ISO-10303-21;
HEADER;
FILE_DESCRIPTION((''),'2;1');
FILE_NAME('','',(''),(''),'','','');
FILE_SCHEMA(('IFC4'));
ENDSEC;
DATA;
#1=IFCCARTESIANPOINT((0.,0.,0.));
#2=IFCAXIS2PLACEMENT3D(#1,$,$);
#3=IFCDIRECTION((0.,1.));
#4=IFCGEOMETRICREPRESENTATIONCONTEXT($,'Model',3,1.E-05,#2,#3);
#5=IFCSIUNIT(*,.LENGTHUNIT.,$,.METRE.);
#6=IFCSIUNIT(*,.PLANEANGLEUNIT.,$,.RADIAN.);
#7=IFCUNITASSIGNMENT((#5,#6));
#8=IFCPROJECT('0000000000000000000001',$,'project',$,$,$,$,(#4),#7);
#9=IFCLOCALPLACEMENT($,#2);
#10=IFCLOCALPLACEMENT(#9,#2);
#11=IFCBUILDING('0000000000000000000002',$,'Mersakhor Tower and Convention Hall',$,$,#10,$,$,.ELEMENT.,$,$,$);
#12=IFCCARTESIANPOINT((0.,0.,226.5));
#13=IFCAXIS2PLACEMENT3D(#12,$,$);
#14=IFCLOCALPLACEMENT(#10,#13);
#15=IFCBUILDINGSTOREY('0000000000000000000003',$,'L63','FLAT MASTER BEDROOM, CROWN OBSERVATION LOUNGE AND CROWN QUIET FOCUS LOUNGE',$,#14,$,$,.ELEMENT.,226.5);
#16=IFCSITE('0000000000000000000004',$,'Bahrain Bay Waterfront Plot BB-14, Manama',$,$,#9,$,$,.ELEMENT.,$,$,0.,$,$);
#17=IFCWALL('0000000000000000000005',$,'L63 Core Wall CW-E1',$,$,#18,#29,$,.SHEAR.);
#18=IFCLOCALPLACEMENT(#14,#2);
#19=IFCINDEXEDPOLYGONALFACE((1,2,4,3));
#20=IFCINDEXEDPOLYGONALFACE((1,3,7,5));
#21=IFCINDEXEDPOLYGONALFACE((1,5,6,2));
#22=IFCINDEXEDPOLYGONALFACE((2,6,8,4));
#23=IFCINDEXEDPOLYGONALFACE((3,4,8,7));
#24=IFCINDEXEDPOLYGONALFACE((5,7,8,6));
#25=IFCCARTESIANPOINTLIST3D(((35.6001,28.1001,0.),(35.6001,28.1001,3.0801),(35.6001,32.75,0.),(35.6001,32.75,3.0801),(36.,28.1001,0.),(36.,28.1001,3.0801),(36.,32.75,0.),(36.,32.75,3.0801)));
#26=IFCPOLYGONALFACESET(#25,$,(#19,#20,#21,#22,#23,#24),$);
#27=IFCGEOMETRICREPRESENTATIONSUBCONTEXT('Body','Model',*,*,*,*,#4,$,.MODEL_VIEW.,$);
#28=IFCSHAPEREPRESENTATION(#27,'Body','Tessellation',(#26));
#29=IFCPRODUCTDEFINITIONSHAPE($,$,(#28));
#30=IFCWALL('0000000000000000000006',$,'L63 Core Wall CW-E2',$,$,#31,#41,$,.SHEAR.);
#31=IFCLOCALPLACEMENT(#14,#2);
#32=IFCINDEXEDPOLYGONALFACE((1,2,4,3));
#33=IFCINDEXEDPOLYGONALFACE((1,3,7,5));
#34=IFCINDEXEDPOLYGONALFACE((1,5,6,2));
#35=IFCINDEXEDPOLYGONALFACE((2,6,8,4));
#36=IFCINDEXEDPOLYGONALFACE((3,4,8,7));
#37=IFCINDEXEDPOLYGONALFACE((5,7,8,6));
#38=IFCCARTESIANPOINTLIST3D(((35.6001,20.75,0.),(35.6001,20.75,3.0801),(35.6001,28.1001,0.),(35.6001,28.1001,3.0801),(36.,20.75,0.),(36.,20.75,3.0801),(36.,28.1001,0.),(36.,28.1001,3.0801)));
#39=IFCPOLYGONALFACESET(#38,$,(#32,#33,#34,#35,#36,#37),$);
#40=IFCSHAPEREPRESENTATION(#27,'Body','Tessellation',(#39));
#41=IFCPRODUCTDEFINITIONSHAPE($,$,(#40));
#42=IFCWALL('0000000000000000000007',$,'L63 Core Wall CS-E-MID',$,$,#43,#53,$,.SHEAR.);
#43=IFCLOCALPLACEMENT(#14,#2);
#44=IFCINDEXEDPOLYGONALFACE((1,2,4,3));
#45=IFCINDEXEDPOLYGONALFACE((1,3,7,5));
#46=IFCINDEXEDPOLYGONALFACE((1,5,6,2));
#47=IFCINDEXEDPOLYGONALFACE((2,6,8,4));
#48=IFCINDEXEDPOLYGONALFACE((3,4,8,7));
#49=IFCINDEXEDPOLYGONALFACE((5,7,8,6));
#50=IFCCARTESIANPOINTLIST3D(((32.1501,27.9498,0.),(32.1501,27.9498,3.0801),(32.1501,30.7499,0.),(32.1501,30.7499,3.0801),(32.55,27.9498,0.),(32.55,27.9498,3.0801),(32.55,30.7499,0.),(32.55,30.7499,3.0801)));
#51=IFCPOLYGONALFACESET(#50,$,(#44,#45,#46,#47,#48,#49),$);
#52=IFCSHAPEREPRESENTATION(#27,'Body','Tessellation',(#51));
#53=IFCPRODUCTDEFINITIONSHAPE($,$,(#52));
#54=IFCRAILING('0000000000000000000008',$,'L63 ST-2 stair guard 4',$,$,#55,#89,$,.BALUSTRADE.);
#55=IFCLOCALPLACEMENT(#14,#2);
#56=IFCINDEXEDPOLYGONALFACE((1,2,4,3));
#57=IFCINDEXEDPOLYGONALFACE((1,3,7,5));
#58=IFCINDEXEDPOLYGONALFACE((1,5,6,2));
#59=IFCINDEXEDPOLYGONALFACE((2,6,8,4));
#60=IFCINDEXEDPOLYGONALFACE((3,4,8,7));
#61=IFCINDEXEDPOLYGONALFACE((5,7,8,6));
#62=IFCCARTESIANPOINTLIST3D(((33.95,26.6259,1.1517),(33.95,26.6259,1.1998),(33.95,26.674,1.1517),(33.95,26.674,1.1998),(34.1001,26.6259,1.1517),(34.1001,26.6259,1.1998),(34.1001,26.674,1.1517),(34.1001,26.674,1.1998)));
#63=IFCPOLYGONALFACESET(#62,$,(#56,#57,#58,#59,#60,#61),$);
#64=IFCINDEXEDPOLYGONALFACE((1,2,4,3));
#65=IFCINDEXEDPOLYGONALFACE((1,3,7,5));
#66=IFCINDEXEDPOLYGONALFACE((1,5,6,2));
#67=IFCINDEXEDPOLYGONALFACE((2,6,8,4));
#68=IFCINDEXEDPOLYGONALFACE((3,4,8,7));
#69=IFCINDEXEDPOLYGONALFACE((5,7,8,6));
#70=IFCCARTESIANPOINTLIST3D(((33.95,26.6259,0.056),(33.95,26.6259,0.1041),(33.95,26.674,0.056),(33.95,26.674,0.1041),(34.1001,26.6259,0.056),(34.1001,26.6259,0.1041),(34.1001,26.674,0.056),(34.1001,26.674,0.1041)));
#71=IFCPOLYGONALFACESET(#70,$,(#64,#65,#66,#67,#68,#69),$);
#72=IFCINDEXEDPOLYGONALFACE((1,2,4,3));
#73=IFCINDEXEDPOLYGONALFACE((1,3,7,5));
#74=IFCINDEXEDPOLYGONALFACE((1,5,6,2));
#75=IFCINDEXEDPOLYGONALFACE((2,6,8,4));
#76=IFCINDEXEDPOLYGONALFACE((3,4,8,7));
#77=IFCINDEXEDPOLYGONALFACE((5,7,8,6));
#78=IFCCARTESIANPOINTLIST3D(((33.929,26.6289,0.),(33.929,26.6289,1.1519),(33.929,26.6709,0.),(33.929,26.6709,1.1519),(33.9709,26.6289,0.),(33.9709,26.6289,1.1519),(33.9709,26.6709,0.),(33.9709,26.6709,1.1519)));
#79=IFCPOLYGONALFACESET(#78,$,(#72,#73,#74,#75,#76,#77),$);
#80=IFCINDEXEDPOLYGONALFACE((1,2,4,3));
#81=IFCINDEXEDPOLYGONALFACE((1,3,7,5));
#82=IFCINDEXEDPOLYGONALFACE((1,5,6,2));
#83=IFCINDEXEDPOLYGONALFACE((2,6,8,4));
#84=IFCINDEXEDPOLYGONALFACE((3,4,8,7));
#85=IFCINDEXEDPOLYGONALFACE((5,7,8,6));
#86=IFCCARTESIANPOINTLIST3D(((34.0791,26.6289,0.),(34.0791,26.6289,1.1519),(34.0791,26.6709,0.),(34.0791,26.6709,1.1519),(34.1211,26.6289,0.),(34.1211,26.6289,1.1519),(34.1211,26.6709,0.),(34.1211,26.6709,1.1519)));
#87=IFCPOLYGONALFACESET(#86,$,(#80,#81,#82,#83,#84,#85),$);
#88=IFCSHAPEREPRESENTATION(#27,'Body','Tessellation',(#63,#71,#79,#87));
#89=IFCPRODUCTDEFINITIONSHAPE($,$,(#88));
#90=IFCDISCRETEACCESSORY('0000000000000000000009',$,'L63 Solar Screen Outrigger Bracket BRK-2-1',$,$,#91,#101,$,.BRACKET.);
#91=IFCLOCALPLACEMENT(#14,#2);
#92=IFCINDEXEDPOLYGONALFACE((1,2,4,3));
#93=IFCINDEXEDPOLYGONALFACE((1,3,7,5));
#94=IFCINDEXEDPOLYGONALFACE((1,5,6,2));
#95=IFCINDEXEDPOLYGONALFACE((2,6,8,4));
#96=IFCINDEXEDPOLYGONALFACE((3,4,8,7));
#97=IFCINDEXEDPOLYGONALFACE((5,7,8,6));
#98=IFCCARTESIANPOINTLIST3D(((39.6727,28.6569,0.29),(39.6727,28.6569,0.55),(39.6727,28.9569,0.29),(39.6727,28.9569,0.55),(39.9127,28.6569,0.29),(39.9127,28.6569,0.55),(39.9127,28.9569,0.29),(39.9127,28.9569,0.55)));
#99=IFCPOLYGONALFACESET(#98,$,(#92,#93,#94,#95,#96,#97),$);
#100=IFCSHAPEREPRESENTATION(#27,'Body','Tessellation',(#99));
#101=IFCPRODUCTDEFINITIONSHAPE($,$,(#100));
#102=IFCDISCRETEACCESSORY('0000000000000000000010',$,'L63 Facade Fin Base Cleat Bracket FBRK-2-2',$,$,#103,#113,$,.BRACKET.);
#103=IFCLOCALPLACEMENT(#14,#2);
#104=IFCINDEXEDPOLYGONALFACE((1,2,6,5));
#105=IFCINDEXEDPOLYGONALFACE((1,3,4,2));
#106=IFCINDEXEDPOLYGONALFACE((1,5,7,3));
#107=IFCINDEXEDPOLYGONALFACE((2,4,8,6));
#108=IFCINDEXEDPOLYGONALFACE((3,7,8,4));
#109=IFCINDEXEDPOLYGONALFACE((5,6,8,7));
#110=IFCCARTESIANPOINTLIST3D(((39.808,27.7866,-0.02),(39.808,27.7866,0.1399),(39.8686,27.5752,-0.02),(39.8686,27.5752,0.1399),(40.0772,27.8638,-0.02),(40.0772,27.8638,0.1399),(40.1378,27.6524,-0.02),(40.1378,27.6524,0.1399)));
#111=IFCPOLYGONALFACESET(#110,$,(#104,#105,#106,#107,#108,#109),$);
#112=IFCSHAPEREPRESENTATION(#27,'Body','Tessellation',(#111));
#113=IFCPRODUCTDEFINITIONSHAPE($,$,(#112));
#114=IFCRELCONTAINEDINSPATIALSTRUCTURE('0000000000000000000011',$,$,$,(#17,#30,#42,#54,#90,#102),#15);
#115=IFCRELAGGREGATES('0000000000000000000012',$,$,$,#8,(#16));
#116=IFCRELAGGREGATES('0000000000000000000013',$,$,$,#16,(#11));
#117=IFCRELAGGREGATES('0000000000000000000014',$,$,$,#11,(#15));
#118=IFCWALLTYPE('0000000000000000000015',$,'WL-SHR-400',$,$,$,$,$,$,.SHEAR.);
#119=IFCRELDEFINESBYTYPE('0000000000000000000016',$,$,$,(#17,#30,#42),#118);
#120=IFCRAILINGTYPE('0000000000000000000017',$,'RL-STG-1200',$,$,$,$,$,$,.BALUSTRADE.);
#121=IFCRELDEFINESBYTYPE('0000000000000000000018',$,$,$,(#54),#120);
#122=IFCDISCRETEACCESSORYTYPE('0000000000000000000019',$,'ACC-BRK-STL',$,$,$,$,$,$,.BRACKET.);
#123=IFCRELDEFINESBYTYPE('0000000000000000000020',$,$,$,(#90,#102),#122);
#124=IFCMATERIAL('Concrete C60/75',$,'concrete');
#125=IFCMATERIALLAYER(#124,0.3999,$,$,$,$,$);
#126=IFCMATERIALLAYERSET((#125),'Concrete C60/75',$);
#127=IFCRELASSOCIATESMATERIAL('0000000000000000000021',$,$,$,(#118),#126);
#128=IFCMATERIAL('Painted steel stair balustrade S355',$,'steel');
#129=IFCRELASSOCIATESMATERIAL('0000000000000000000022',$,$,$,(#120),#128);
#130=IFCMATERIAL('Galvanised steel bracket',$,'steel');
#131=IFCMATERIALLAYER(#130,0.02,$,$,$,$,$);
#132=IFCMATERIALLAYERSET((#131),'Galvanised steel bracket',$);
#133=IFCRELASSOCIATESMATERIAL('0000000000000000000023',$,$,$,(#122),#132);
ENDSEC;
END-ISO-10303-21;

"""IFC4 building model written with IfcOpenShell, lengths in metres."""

from ifc_helpers import new_model, si_unit, direction, frame, frame_2d, origin, origin_2d, place, context, subcontext, project, spatial, rectangle, extrude, material, layer, layer_set, type_object, element, save


model = new_model("IFC4")

# Units and contexts
model_context = context("Model", 3, precision=1e-05, world=origin(), true_north=direction((0.0, 1.0)))
body_context = subcontext(model_context, "Body", "Model", "MODEL_VIEW")
ifc_project = project(units=[si_unit("LENGTHUNIT", "METRE"), si_unit("PLANEANGLEUNIT", "RADIAN")], contexts=[model_context])

# Site, building, storey
site_placement = place(None, origin())
site = spatial("IfcSite", under=ifc_project, at=site_placement, Name="Bahrain Bay Waterfront Plot BB-14, Manama", CompositionType="ELEMENT", RefElevation=0.0)
building_placement = place(site_placement, origin())
building = spatial("IfcBuilding", under=site, at=building_placement, Name="Mersakhor Tower and Convention Hall", CompositionType="ELEMENT")
storey_placement = place(building_placement, frame((0.0, 0.0, 226.5)))
storey = spatial("IfcBuildingStorey", under=building, at=storey_placement, Name="L63", Description="FLAT MASTER BEDROOM, CROWN OBSERVATION LOUNGE AND CROWN QUIET FOCUS LOUNGE", CompositionType="ELEMENT", Elevation=226.5)

# Shared definitions
ifc_material_1 = material(Name="Concrete C60/75", Category="concrete")
ifc_layer_1 = layer(ifc_material_1, 0.3999)
ifc_layer_set_1 = layer_set([ifc_layer_1], Name="Concrete C60/75")
wall_type_1 = type_object("IfcWallType", Name="WL-SHR-400", PredefinedType="SHEAR", material=ifc_layer_set_1)

# Walls
wall_1_placement = place(storey_placement, frame((35.8, 32.75, 0.0), z_axis=(0.0, 0.0, 1.0), x_axis=(0.0, -1.0, 0.0)))
element("IfcWall", 1, at=wall_1_placement, inside=storey, type_object=wall_type_1, Name="L63 Core Wall CW-E1", PredefinedType="SHEAR", context=body_context, shape_type="SweptSolid", body=[
    extrude(rectangle(XDim=4.6499, YDim=0.3999, at=frame_2d((2.325, 0.0))), origin(), (0.0, 0.0, 1.0), 3.0801),
])
wall_2_placement = place(storey_placement, frame((35.8, 28.1001, 0.0), z_axis=(0.0, 0.0, 1.0), x_axis=(0.0, -1.0, 0.0)))
element("IfcWall", 2, at=wall_2_placement, inside=storey, type_object=wall_type_1, Name="L63 Core Wall CW-E2", PredefinedType="SHEAR", context=body_context, shape_type="SweptSolid", body=[
    extrude(rectangle(XDim=7.3501, YDim=0.3999, at=frame_2d((3.675, 0.0))), origin(), (0.0, 0.0, 1.0), 3.0801),
])
wall_3_placement = place(storey_placement, frame((32.3501, 27.95, 0.0), z_axis=(0.0, 0.0, 1.0), x_axis=(0.0, 1.0, 0.0)))
element("IfcWall", 3, at=wall_3_placement, inside=storey, type_object=wall_type_1, Name="L63 Core Wall CS-E-MID", PredefinedType="SHEAR", context=body_context, shape_type="SweptSolid", body=[
    extrude(rectangle(XDim=2.8, YDim=0.3999, at=frame_2d((1.3999, 0.0))), origin(), (0.0, 0.0, 1.0), 3.0801),
])

# Railing
ifc_material_2 = material(Name="Painted steel stair balustrade S355", Category="steel")
railing_type = type_object("IfcRailingType", Name="RL-STG-1200", PredefinedType="BALUSTRADE", material=ifc_material_2)
railing_placement = place(storey_placement, frame((33.95, 26.6499, 0.0)))
element("IfcRailing", 4, at=railing_placement, inside=storey, type_object=railing_type, Name="L63 ST-2 stair guard 4", PredefinedType="BALUSTRADE", context=body_context, shape_type="SweptSolid", body=[
    extrude(rectangle(XDim=0.0481, YDim=0.0481, at=origin_2d()), frame((0.0, 0.0, 1.1758), z_axis=(1.0, 0.0, 0.0), x_axis=(0.0, 1.0, 0.0)), (0.0, 0.0, 1.0), 0.1501),
    extrude(rectangle(XDim=0.0481, YDim=0.0481, at=origin_2d()), frame((0.0, 0.0, 0.0801), z_axis=(1.0, 0.0, 0.0), x_axis=(0.0, 1.0, 0.0)), (0.0, 0.0, 1.0), 0.1501),
    extrude(rectangle(XDim=0.042, YDim=0.042, at=origin_2d()), origin(), (0.0, 0.0, 1.0), 1.1519),
    extrude(rectangle(XDim=0.042, YDim=0.042, at=origin_2d()), frame((0.1501, 0.0, 0.0)), (0.0, 0.0, 1.0), 1.1519),
])

# Discrete accessories
ifc_material_3 = material(Name="Galvanised steel bracket", Category="steel")
ifc_layer_2 = layer(ifc_material_3, 0.02)
ifc_layer_set_2 = layer_set([ifc_layer_2], Name="Galvanised steel bracket")
discrete_accessory_type = type_object("IfcDiscreteAccessoryType", Name="ACC-BRK-STL", PredefinedType="BRACKET", material=ifc_layer_set_2)
discrete_accessory_1_placement = place(storey_placement, frame((39.7927, 28.8069, 0.29), z_axis=(0.0, 0.0, 1.0), x_axis=(0.0, -1.0, 0.0)))
element("IfcDiscreteAccessory", 5, at=discrete_accessory_1_placement, inside=storey, type_object=discrete_accessory_type, Name="L63 Solar Screen Outrigger Bracket BRK-2-1", PredefinedType="BRACKET", context=body_context, shape_type="SweptSolid", body=[
    extrude(rectangle(XDim=0.3, YDim=0.24, at=origin_2d()), origin(), (0.0, 0.0, 1.0), 0.26),
])
discrete_accessory_2_placement = place(storey_placement, frame((39.9729, 27.7195, -0.02), z_axis=(0.0, 0.0, 1.0), x_axis=(0.961262, 0.275637, 0.0)))
element("IfcDiscreteAccessory", 6, at=discrete_accessory_2_placement, inside=storey, type_object=discrete_accessory_type, Name="L63 Facade Fin Base Cleat Bracket FBRK-2-2", PredefinedType="BRACKET", context=body_context, shape_type="SweptSolid", body=[
    extrude(rectangle(XDim=0.28, YDim=0.22, at=origin_2d()), origin(), (0.0, 0.0, 1.0), 0.1599),
])

save(model, "model.ifc")
